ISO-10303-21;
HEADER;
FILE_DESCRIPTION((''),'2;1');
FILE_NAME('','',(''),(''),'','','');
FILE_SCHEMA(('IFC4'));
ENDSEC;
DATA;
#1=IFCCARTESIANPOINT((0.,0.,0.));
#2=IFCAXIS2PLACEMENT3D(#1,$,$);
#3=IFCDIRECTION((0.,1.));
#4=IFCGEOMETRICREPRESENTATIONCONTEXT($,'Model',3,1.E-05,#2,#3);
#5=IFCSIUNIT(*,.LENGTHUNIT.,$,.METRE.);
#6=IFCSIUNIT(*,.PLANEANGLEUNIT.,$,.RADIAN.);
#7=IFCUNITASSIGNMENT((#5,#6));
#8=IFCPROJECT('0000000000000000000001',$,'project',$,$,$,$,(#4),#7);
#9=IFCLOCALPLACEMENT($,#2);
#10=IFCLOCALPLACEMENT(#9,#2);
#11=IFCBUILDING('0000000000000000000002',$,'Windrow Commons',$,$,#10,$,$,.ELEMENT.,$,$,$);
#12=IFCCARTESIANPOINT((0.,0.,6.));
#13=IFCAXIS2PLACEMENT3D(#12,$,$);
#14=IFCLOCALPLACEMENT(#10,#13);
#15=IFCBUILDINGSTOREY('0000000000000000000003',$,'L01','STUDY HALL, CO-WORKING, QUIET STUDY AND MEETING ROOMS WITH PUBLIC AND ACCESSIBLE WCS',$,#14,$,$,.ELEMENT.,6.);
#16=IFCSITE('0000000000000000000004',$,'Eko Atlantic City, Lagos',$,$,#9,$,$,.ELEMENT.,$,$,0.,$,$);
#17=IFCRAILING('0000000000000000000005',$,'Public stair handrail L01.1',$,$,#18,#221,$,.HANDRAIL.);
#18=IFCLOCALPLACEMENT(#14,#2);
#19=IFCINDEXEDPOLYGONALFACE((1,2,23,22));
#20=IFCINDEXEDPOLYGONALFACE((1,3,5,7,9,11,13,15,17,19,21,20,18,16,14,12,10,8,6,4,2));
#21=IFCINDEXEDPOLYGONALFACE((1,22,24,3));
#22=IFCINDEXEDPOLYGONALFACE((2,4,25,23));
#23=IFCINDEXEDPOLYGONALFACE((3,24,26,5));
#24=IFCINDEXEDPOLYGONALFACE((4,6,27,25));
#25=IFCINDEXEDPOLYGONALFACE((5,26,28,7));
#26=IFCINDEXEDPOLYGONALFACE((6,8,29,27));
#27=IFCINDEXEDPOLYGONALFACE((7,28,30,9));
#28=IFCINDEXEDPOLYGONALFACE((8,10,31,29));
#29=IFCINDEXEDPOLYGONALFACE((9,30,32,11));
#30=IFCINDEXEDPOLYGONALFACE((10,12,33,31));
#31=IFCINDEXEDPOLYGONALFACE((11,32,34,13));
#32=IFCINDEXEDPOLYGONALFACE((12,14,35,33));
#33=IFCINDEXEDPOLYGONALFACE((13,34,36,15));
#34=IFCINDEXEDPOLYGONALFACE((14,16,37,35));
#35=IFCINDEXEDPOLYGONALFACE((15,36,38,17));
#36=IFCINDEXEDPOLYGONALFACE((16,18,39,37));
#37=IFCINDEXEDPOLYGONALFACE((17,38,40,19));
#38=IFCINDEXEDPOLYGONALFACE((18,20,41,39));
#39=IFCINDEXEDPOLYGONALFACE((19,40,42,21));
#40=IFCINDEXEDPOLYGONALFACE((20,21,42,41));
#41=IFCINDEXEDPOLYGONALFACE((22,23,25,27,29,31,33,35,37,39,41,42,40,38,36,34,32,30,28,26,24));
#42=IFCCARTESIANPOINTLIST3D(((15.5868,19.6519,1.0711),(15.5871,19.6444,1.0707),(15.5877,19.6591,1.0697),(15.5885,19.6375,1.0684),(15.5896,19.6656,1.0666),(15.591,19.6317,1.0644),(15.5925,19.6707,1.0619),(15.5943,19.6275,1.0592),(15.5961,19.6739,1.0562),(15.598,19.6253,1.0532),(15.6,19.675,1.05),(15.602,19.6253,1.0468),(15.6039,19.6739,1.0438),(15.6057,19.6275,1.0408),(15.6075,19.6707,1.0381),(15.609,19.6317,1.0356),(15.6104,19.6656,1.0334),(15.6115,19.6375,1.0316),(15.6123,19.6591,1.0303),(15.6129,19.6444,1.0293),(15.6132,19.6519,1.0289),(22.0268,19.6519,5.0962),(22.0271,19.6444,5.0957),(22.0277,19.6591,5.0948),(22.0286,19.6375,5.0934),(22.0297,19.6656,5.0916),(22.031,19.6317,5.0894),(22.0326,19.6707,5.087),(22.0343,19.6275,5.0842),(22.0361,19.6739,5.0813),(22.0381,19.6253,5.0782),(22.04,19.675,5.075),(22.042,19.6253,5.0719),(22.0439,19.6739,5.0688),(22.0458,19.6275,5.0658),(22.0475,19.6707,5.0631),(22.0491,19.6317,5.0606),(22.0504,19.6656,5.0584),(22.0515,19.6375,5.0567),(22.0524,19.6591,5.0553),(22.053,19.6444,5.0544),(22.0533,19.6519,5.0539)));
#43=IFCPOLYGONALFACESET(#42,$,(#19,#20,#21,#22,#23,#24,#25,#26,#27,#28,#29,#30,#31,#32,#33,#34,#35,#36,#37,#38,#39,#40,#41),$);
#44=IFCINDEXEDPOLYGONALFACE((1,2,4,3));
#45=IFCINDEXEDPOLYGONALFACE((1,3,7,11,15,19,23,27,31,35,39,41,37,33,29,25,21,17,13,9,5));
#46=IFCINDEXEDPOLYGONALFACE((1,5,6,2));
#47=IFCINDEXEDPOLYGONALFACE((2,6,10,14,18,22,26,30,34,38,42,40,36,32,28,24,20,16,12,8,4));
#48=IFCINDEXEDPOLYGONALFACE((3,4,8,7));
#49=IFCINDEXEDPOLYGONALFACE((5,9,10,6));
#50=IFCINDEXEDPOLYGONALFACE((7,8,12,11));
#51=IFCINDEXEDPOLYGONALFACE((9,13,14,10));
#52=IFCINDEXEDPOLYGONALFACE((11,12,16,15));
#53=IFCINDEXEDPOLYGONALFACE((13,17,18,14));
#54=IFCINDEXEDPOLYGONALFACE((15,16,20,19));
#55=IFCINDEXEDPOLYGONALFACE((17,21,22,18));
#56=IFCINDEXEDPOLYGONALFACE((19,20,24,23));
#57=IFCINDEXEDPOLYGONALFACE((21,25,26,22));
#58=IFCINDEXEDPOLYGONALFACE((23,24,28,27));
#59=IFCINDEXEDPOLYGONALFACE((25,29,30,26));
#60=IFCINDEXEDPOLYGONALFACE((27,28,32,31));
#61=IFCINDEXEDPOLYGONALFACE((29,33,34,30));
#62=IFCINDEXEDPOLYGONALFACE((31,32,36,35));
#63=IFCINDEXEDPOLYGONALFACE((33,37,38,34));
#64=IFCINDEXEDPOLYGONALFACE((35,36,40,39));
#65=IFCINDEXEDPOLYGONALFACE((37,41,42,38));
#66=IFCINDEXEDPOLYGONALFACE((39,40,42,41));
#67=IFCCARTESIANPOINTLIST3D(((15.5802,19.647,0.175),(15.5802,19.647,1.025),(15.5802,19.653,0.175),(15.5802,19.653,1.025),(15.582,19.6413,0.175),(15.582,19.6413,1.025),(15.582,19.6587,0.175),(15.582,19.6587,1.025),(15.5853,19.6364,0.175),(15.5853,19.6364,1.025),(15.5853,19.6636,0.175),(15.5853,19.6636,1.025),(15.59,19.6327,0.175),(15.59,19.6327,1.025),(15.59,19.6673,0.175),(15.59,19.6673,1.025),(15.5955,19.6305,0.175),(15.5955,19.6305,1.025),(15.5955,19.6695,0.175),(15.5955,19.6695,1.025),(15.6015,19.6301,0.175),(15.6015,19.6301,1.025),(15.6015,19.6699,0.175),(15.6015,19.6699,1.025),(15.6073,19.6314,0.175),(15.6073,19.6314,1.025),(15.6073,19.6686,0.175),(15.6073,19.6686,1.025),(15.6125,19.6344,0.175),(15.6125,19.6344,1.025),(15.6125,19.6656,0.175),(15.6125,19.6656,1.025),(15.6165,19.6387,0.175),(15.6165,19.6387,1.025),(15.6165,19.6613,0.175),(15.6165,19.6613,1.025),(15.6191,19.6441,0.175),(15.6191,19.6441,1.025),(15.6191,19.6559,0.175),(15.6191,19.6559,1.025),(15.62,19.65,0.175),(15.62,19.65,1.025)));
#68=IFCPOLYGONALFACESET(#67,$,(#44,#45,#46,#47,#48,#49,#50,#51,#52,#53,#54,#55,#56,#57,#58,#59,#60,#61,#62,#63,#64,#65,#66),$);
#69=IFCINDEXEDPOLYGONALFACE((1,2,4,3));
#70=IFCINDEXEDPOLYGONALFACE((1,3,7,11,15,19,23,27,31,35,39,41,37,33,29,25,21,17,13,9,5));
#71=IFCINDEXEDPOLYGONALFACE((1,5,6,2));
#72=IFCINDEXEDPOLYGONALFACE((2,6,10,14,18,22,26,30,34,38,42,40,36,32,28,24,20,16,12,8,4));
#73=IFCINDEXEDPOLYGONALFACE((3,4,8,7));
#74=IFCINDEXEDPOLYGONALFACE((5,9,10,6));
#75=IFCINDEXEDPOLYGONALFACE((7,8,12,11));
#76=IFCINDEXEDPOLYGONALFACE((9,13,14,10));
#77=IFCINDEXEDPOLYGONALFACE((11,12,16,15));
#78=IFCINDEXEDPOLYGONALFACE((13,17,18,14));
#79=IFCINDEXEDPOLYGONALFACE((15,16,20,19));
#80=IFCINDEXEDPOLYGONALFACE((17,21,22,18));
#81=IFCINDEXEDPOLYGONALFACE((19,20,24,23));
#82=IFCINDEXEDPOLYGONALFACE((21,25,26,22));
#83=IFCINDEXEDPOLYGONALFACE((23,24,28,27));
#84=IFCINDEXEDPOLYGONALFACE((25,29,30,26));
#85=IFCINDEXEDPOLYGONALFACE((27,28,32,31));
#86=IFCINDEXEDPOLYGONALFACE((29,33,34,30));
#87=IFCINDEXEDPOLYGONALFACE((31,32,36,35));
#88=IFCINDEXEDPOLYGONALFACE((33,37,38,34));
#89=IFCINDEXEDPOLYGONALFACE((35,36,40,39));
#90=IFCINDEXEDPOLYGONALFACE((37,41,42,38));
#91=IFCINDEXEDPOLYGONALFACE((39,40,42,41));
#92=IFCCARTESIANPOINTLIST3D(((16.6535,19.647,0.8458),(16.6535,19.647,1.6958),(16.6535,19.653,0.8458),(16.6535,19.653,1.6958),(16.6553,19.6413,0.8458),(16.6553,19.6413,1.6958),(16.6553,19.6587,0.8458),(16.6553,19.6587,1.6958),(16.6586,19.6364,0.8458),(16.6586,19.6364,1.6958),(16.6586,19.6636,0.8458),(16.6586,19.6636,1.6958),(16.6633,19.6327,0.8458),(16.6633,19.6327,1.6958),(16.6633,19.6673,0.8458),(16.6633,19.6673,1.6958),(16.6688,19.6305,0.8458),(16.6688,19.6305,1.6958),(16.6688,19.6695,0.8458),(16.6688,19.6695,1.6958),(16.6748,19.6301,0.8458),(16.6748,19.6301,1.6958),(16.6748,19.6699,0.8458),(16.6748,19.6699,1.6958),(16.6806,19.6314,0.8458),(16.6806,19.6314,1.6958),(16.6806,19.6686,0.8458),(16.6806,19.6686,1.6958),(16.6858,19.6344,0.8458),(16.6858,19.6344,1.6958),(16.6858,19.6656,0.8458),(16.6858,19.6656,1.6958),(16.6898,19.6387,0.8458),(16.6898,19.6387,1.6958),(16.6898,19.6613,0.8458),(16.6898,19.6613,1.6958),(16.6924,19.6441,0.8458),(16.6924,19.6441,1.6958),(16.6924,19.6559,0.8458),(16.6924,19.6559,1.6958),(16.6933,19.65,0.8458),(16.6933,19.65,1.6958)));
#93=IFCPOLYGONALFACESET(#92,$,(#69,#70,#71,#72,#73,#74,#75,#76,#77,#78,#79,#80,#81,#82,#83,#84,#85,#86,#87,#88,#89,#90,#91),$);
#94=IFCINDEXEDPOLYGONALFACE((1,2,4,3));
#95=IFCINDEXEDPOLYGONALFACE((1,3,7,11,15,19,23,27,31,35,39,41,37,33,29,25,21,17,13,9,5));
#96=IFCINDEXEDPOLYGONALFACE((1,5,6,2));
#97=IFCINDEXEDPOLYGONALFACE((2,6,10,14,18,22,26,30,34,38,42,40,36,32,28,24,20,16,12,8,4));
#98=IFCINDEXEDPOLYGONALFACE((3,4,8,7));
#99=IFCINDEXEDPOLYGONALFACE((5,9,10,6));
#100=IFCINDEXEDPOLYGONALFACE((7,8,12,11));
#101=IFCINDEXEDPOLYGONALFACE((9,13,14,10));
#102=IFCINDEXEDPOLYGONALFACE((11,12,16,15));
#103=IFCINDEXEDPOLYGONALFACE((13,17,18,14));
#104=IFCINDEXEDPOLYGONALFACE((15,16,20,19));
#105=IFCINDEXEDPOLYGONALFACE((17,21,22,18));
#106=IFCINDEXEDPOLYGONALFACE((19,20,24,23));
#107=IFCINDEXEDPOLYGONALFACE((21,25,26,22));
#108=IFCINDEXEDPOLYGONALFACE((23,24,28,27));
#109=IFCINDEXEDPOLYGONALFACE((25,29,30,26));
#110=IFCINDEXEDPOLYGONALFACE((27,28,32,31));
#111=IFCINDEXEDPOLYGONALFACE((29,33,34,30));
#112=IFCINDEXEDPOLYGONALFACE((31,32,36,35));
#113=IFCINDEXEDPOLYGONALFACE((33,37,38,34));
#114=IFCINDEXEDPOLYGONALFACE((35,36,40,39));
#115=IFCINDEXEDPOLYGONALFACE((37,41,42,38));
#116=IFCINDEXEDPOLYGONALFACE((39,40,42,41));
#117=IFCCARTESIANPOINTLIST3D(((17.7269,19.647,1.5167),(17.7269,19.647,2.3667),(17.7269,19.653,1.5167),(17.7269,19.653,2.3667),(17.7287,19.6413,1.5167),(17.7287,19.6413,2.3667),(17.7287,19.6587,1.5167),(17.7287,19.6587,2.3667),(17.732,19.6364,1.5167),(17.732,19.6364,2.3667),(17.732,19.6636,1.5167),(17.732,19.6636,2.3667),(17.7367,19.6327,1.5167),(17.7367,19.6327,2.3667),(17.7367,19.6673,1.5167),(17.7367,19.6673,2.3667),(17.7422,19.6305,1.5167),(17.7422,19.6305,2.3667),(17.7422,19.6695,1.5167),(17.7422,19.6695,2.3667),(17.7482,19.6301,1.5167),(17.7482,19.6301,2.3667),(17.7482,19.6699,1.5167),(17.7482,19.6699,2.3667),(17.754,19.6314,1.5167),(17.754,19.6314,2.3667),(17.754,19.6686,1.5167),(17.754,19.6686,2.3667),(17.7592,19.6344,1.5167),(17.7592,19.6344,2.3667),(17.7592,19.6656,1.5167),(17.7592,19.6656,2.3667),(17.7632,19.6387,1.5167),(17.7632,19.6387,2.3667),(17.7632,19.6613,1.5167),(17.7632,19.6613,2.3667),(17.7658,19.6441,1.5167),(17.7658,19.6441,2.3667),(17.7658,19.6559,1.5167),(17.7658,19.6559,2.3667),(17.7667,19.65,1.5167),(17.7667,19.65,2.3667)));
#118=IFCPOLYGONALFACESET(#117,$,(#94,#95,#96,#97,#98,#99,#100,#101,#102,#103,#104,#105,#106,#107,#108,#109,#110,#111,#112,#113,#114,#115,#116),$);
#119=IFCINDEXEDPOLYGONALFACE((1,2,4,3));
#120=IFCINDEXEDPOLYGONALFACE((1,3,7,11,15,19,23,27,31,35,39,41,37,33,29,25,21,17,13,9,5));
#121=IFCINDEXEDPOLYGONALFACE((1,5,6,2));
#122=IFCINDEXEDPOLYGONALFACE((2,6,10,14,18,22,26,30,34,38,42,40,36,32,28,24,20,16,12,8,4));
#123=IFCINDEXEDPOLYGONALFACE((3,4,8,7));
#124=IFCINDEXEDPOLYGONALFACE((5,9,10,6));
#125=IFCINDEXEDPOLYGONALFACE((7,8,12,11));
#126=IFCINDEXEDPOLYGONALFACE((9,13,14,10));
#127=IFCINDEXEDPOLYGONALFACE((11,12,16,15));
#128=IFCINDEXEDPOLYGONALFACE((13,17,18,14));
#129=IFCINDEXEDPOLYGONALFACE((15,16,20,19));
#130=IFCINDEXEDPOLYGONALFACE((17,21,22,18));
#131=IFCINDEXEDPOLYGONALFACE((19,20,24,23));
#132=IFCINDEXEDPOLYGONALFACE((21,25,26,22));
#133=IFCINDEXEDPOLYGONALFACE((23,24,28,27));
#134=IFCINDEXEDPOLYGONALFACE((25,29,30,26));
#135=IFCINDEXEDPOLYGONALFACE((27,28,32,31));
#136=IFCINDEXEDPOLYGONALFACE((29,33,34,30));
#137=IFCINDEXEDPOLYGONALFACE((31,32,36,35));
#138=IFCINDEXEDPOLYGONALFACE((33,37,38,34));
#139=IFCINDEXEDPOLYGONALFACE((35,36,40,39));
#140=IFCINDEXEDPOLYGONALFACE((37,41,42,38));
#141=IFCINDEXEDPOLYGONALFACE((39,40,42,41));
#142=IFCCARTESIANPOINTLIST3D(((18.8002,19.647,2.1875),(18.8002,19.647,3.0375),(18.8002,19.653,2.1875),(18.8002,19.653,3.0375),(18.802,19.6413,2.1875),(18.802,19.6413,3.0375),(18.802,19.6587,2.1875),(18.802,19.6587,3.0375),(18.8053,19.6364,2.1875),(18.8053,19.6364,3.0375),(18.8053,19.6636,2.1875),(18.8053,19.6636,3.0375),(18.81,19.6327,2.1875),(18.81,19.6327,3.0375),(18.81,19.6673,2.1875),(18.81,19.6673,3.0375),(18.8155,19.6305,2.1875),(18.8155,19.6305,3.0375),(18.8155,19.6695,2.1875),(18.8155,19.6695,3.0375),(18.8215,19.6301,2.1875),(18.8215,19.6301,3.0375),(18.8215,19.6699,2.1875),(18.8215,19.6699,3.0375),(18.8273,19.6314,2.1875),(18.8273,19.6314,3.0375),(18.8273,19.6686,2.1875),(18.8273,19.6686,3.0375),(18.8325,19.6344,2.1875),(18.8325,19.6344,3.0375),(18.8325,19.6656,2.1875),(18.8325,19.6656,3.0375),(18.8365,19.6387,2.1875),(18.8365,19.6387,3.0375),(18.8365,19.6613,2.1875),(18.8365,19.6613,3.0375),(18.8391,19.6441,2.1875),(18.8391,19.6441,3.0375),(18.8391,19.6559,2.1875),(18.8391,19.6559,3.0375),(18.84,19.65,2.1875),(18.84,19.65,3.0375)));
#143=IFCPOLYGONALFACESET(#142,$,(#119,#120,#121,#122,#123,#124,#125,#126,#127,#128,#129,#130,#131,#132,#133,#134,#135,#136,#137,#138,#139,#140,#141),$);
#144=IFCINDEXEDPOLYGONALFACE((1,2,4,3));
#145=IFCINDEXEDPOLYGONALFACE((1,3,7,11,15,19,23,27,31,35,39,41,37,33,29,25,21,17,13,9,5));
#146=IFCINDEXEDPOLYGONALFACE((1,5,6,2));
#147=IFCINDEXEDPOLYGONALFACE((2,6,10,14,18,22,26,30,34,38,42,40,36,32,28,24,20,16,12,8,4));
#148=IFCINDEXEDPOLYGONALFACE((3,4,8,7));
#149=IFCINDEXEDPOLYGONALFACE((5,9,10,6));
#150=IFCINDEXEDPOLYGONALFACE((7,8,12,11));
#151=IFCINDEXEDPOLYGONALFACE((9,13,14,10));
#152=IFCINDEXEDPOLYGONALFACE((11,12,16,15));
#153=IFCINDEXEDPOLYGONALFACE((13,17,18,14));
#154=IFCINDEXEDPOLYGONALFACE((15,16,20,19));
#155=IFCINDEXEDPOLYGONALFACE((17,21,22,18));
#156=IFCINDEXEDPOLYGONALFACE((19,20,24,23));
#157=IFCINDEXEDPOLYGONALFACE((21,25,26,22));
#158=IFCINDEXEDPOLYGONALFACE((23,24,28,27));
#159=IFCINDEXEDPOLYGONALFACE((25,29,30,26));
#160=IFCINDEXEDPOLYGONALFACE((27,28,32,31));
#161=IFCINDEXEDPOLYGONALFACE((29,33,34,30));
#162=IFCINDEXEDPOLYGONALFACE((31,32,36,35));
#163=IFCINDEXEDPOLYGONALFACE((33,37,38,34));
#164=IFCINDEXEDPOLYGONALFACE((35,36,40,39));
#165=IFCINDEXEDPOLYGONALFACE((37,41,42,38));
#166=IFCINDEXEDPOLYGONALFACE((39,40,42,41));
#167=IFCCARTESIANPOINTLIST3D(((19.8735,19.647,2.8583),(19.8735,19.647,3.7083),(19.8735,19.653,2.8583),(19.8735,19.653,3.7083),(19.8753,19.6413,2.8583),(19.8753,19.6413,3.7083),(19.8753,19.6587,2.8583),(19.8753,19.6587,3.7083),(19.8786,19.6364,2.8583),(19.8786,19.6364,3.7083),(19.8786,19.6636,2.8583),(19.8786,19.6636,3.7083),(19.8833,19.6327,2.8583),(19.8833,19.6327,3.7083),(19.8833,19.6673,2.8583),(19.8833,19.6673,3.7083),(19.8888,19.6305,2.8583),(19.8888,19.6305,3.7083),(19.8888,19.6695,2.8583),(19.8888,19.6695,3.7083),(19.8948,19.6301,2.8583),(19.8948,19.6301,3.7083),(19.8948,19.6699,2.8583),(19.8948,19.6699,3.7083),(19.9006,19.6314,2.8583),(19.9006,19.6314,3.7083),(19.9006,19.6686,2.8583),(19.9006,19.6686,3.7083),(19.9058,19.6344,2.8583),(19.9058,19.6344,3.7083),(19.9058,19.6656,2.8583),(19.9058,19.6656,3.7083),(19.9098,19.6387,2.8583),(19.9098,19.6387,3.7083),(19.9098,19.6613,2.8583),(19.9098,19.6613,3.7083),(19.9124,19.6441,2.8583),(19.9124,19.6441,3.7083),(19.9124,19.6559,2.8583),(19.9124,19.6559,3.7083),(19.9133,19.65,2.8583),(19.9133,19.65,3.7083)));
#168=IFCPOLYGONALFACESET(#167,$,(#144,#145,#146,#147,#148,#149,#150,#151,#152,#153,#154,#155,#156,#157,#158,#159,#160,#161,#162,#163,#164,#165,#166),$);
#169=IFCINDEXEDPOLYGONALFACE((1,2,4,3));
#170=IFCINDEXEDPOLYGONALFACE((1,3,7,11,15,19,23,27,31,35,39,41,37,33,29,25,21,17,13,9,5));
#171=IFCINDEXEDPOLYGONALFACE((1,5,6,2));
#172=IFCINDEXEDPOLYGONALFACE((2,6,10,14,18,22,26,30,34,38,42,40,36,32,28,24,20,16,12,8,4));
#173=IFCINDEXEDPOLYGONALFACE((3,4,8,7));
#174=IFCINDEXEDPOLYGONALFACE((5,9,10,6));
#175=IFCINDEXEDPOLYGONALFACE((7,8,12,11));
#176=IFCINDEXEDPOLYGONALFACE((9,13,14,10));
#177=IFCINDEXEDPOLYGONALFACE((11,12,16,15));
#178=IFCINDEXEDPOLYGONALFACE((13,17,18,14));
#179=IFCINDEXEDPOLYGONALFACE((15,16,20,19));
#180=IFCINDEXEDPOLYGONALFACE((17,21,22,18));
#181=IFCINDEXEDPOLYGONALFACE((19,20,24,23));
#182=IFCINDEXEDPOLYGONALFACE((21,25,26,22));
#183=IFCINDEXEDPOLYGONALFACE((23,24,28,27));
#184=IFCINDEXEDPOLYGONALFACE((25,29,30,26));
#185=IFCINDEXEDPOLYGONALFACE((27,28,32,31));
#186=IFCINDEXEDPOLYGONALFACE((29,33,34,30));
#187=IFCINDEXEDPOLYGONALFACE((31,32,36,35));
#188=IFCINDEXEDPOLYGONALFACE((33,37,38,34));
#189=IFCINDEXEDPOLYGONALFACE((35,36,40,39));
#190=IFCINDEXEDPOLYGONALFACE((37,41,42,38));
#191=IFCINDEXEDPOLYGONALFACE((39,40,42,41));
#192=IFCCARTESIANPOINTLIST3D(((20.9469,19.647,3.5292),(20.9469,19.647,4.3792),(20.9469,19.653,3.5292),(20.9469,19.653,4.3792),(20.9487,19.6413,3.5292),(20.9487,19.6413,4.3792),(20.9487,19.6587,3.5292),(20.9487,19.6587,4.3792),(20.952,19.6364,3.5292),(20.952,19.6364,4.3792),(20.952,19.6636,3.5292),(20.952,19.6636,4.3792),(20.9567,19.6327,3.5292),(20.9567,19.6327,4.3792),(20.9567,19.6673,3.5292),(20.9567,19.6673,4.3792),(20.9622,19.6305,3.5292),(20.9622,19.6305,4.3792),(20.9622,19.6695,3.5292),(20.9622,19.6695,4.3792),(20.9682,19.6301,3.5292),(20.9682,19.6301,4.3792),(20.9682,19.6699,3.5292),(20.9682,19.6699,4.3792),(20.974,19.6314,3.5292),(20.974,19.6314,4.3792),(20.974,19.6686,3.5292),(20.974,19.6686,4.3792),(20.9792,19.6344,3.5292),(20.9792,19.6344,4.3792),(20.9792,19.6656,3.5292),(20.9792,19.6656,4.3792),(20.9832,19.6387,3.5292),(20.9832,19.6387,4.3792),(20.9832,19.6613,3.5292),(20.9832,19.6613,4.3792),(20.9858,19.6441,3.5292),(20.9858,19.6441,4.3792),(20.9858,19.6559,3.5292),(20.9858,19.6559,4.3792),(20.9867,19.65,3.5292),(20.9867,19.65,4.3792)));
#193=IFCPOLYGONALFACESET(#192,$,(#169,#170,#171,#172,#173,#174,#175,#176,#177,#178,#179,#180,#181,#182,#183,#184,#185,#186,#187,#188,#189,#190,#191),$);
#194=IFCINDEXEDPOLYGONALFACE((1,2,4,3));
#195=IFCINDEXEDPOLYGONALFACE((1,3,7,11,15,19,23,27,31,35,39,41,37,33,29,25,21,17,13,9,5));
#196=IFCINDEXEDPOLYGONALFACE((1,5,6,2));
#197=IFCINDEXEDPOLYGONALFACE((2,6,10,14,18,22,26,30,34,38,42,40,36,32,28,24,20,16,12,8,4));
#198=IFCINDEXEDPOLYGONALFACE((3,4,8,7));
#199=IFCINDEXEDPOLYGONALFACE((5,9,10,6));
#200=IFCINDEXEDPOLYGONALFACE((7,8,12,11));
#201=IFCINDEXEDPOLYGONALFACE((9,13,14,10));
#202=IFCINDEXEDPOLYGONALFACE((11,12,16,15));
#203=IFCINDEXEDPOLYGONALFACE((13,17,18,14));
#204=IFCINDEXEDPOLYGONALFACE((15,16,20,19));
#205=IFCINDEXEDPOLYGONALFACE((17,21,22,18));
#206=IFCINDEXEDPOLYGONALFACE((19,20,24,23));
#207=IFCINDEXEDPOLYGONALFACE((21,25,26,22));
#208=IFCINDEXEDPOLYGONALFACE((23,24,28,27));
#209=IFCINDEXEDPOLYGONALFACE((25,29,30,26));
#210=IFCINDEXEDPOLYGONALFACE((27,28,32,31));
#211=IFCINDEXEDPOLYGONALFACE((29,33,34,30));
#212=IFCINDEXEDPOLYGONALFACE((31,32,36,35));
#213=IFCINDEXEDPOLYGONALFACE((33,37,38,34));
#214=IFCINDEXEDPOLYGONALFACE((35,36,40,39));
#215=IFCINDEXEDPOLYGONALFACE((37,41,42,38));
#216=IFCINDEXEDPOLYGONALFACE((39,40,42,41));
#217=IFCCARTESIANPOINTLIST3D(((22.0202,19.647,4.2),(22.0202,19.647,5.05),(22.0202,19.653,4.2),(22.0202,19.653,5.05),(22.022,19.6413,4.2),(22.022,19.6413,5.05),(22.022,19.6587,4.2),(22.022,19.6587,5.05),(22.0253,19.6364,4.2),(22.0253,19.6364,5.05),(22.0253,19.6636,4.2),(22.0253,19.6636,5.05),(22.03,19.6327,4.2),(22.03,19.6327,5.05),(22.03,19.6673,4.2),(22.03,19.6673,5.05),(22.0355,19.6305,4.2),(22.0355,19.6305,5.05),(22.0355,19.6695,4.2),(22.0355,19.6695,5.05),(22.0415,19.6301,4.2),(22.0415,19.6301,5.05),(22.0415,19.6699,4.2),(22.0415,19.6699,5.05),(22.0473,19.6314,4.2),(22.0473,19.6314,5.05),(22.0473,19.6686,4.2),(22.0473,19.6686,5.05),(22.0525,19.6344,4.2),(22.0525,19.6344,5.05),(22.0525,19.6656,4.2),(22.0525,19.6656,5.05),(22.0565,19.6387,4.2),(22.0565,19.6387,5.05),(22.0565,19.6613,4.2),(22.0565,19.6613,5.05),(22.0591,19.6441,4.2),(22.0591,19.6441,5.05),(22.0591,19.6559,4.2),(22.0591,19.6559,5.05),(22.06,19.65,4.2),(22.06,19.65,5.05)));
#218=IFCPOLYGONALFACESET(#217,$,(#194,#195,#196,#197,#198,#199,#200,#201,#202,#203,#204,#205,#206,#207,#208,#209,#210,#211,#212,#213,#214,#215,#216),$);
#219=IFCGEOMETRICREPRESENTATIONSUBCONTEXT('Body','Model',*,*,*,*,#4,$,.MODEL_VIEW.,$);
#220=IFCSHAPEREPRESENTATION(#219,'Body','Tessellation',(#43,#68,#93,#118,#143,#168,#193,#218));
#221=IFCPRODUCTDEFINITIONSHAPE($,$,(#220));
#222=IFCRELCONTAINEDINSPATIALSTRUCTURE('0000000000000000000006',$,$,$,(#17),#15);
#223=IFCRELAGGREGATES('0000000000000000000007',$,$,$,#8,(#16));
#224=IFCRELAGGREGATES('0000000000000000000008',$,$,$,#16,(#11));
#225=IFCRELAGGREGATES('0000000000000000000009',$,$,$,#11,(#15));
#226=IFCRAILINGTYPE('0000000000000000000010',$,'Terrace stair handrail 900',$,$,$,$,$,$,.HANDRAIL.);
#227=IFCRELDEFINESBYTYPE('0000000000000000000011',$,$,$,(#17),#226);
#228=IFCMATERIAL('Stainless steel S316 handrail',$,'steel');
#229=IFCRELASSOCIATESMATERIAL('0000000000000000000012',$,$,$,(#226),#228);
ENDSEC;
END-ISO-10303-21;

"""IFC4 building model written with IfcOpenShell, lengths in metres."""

from ifc_helpers import new_model, si_unit, direction, frame, origin, origin_2d, place, context, subcontext, project, spatial, circle, extrude, material, type_object, element, save


model = new_model("IFC4")

# Units and contexts
model_context = context("Model", 3, precision=1e-05, world=origin(), true_north=direction((0.0, 1.0)))
body_context = subcontext(model_context, "Body", "Model", "MODEL_VIEW")
ifc_project = project(units=[si_unit("LENGTHUNIT", "METRE"), si_unit("PLANEANGLEUNIT", "RADIAN")], contexts=[model_context])

# Site, building, storey
site_placement = place(None, origin())
site = spatial("IfcSite", under=ifc_project, at=site_placement, Name="Eko Atlantic City, Lagos", CompositionType="ELEMENT", RefElevation=0.0)
building_placement = place(site_placement, origin())
building = spatial("IfcBuilding", under=site, at=building_placement, Name="Windrow Commons", CompositionType="ELEMENT")
storey_placement = place(building_placement, frame((0.0, 0.0, 6.0)))
storey = spatial("IfcBuildingStorey", under=building, at=storey_placement, Name="L01", Description="STUDY HALL, CO-WORKING, QUIET STUDY AND MEETING ROOMS WITH PUBLIC AND ACCESSIBLE WCS", CompositionType="ELEMENT", Elevation=6.0)

# Railing
ifc_material_1 = material(Name="Stainless steel S316 handrail", Category="steel")
railing_type = type_object("IfcRailingType", Name="Terrace stair handrail 900", PredefinedType="HANDRAIL", material=ifc_material_1)
railing_placement = place(storey_placement, frame((15.6, 19.65, 0.175)))
element("IfcRailing", 1, at=railing_placement, inside=storey, type_object=railing_type, Name="Public stair handrail L01.1", PredefinedType="HANDRAIL", context=body_context, shape_type="SweptSolid", body=[
    extrude(circle(Radius=0.025, at=origin_2d()), frame((0.0, 0.0, 0.875), z_axis=(0.847998, 0.0, 0.529999), x_axis=(0.0, 1.0, 0.0)), (0.0, 0.0, 1.0), 7.5944),
    extrude(circle(Radius=0.02, at=origin_2d()), origin(), (0.0, 0.0, 1.0), 0.85),
    extrude(circle(Radius=0.02, at=origin_2d()), frame((1.0733, 0.0, 0.6708)), (0.0, 0.0, 1.0), 0.85),
    extrude(circle(Radius=0.02, at=origin_2d()), frame((2.1467, 0.0, 1.3417)), (0.0, 0.0, 1.0), 0.85),
    extrude(circle(Radius=0.02, at=origin_2d()), frame((3.22, 0.0, 2.0125)), (0.0, 0.0, 1.0), 0.85),
    extrude(circle(Radius=0.02, at=origin_2d()), frame((4.2933, 0.0, 2.6833)), (0.0, 0.0, 1.0), 0.85),
    extrude(circle(Radius=0.02, at=origin_2d()), frame((5.3667, 0.0, 3.3542)), (0.0, 0.0, 1.0), 0.85),
    extrude(circle(Radius=0.02, at=origin_2d()), frame((6.44, 0.0, 4.025)), (0.0, 0.0, 1.0), 0.85),
])

save(model, "model.ifc")
